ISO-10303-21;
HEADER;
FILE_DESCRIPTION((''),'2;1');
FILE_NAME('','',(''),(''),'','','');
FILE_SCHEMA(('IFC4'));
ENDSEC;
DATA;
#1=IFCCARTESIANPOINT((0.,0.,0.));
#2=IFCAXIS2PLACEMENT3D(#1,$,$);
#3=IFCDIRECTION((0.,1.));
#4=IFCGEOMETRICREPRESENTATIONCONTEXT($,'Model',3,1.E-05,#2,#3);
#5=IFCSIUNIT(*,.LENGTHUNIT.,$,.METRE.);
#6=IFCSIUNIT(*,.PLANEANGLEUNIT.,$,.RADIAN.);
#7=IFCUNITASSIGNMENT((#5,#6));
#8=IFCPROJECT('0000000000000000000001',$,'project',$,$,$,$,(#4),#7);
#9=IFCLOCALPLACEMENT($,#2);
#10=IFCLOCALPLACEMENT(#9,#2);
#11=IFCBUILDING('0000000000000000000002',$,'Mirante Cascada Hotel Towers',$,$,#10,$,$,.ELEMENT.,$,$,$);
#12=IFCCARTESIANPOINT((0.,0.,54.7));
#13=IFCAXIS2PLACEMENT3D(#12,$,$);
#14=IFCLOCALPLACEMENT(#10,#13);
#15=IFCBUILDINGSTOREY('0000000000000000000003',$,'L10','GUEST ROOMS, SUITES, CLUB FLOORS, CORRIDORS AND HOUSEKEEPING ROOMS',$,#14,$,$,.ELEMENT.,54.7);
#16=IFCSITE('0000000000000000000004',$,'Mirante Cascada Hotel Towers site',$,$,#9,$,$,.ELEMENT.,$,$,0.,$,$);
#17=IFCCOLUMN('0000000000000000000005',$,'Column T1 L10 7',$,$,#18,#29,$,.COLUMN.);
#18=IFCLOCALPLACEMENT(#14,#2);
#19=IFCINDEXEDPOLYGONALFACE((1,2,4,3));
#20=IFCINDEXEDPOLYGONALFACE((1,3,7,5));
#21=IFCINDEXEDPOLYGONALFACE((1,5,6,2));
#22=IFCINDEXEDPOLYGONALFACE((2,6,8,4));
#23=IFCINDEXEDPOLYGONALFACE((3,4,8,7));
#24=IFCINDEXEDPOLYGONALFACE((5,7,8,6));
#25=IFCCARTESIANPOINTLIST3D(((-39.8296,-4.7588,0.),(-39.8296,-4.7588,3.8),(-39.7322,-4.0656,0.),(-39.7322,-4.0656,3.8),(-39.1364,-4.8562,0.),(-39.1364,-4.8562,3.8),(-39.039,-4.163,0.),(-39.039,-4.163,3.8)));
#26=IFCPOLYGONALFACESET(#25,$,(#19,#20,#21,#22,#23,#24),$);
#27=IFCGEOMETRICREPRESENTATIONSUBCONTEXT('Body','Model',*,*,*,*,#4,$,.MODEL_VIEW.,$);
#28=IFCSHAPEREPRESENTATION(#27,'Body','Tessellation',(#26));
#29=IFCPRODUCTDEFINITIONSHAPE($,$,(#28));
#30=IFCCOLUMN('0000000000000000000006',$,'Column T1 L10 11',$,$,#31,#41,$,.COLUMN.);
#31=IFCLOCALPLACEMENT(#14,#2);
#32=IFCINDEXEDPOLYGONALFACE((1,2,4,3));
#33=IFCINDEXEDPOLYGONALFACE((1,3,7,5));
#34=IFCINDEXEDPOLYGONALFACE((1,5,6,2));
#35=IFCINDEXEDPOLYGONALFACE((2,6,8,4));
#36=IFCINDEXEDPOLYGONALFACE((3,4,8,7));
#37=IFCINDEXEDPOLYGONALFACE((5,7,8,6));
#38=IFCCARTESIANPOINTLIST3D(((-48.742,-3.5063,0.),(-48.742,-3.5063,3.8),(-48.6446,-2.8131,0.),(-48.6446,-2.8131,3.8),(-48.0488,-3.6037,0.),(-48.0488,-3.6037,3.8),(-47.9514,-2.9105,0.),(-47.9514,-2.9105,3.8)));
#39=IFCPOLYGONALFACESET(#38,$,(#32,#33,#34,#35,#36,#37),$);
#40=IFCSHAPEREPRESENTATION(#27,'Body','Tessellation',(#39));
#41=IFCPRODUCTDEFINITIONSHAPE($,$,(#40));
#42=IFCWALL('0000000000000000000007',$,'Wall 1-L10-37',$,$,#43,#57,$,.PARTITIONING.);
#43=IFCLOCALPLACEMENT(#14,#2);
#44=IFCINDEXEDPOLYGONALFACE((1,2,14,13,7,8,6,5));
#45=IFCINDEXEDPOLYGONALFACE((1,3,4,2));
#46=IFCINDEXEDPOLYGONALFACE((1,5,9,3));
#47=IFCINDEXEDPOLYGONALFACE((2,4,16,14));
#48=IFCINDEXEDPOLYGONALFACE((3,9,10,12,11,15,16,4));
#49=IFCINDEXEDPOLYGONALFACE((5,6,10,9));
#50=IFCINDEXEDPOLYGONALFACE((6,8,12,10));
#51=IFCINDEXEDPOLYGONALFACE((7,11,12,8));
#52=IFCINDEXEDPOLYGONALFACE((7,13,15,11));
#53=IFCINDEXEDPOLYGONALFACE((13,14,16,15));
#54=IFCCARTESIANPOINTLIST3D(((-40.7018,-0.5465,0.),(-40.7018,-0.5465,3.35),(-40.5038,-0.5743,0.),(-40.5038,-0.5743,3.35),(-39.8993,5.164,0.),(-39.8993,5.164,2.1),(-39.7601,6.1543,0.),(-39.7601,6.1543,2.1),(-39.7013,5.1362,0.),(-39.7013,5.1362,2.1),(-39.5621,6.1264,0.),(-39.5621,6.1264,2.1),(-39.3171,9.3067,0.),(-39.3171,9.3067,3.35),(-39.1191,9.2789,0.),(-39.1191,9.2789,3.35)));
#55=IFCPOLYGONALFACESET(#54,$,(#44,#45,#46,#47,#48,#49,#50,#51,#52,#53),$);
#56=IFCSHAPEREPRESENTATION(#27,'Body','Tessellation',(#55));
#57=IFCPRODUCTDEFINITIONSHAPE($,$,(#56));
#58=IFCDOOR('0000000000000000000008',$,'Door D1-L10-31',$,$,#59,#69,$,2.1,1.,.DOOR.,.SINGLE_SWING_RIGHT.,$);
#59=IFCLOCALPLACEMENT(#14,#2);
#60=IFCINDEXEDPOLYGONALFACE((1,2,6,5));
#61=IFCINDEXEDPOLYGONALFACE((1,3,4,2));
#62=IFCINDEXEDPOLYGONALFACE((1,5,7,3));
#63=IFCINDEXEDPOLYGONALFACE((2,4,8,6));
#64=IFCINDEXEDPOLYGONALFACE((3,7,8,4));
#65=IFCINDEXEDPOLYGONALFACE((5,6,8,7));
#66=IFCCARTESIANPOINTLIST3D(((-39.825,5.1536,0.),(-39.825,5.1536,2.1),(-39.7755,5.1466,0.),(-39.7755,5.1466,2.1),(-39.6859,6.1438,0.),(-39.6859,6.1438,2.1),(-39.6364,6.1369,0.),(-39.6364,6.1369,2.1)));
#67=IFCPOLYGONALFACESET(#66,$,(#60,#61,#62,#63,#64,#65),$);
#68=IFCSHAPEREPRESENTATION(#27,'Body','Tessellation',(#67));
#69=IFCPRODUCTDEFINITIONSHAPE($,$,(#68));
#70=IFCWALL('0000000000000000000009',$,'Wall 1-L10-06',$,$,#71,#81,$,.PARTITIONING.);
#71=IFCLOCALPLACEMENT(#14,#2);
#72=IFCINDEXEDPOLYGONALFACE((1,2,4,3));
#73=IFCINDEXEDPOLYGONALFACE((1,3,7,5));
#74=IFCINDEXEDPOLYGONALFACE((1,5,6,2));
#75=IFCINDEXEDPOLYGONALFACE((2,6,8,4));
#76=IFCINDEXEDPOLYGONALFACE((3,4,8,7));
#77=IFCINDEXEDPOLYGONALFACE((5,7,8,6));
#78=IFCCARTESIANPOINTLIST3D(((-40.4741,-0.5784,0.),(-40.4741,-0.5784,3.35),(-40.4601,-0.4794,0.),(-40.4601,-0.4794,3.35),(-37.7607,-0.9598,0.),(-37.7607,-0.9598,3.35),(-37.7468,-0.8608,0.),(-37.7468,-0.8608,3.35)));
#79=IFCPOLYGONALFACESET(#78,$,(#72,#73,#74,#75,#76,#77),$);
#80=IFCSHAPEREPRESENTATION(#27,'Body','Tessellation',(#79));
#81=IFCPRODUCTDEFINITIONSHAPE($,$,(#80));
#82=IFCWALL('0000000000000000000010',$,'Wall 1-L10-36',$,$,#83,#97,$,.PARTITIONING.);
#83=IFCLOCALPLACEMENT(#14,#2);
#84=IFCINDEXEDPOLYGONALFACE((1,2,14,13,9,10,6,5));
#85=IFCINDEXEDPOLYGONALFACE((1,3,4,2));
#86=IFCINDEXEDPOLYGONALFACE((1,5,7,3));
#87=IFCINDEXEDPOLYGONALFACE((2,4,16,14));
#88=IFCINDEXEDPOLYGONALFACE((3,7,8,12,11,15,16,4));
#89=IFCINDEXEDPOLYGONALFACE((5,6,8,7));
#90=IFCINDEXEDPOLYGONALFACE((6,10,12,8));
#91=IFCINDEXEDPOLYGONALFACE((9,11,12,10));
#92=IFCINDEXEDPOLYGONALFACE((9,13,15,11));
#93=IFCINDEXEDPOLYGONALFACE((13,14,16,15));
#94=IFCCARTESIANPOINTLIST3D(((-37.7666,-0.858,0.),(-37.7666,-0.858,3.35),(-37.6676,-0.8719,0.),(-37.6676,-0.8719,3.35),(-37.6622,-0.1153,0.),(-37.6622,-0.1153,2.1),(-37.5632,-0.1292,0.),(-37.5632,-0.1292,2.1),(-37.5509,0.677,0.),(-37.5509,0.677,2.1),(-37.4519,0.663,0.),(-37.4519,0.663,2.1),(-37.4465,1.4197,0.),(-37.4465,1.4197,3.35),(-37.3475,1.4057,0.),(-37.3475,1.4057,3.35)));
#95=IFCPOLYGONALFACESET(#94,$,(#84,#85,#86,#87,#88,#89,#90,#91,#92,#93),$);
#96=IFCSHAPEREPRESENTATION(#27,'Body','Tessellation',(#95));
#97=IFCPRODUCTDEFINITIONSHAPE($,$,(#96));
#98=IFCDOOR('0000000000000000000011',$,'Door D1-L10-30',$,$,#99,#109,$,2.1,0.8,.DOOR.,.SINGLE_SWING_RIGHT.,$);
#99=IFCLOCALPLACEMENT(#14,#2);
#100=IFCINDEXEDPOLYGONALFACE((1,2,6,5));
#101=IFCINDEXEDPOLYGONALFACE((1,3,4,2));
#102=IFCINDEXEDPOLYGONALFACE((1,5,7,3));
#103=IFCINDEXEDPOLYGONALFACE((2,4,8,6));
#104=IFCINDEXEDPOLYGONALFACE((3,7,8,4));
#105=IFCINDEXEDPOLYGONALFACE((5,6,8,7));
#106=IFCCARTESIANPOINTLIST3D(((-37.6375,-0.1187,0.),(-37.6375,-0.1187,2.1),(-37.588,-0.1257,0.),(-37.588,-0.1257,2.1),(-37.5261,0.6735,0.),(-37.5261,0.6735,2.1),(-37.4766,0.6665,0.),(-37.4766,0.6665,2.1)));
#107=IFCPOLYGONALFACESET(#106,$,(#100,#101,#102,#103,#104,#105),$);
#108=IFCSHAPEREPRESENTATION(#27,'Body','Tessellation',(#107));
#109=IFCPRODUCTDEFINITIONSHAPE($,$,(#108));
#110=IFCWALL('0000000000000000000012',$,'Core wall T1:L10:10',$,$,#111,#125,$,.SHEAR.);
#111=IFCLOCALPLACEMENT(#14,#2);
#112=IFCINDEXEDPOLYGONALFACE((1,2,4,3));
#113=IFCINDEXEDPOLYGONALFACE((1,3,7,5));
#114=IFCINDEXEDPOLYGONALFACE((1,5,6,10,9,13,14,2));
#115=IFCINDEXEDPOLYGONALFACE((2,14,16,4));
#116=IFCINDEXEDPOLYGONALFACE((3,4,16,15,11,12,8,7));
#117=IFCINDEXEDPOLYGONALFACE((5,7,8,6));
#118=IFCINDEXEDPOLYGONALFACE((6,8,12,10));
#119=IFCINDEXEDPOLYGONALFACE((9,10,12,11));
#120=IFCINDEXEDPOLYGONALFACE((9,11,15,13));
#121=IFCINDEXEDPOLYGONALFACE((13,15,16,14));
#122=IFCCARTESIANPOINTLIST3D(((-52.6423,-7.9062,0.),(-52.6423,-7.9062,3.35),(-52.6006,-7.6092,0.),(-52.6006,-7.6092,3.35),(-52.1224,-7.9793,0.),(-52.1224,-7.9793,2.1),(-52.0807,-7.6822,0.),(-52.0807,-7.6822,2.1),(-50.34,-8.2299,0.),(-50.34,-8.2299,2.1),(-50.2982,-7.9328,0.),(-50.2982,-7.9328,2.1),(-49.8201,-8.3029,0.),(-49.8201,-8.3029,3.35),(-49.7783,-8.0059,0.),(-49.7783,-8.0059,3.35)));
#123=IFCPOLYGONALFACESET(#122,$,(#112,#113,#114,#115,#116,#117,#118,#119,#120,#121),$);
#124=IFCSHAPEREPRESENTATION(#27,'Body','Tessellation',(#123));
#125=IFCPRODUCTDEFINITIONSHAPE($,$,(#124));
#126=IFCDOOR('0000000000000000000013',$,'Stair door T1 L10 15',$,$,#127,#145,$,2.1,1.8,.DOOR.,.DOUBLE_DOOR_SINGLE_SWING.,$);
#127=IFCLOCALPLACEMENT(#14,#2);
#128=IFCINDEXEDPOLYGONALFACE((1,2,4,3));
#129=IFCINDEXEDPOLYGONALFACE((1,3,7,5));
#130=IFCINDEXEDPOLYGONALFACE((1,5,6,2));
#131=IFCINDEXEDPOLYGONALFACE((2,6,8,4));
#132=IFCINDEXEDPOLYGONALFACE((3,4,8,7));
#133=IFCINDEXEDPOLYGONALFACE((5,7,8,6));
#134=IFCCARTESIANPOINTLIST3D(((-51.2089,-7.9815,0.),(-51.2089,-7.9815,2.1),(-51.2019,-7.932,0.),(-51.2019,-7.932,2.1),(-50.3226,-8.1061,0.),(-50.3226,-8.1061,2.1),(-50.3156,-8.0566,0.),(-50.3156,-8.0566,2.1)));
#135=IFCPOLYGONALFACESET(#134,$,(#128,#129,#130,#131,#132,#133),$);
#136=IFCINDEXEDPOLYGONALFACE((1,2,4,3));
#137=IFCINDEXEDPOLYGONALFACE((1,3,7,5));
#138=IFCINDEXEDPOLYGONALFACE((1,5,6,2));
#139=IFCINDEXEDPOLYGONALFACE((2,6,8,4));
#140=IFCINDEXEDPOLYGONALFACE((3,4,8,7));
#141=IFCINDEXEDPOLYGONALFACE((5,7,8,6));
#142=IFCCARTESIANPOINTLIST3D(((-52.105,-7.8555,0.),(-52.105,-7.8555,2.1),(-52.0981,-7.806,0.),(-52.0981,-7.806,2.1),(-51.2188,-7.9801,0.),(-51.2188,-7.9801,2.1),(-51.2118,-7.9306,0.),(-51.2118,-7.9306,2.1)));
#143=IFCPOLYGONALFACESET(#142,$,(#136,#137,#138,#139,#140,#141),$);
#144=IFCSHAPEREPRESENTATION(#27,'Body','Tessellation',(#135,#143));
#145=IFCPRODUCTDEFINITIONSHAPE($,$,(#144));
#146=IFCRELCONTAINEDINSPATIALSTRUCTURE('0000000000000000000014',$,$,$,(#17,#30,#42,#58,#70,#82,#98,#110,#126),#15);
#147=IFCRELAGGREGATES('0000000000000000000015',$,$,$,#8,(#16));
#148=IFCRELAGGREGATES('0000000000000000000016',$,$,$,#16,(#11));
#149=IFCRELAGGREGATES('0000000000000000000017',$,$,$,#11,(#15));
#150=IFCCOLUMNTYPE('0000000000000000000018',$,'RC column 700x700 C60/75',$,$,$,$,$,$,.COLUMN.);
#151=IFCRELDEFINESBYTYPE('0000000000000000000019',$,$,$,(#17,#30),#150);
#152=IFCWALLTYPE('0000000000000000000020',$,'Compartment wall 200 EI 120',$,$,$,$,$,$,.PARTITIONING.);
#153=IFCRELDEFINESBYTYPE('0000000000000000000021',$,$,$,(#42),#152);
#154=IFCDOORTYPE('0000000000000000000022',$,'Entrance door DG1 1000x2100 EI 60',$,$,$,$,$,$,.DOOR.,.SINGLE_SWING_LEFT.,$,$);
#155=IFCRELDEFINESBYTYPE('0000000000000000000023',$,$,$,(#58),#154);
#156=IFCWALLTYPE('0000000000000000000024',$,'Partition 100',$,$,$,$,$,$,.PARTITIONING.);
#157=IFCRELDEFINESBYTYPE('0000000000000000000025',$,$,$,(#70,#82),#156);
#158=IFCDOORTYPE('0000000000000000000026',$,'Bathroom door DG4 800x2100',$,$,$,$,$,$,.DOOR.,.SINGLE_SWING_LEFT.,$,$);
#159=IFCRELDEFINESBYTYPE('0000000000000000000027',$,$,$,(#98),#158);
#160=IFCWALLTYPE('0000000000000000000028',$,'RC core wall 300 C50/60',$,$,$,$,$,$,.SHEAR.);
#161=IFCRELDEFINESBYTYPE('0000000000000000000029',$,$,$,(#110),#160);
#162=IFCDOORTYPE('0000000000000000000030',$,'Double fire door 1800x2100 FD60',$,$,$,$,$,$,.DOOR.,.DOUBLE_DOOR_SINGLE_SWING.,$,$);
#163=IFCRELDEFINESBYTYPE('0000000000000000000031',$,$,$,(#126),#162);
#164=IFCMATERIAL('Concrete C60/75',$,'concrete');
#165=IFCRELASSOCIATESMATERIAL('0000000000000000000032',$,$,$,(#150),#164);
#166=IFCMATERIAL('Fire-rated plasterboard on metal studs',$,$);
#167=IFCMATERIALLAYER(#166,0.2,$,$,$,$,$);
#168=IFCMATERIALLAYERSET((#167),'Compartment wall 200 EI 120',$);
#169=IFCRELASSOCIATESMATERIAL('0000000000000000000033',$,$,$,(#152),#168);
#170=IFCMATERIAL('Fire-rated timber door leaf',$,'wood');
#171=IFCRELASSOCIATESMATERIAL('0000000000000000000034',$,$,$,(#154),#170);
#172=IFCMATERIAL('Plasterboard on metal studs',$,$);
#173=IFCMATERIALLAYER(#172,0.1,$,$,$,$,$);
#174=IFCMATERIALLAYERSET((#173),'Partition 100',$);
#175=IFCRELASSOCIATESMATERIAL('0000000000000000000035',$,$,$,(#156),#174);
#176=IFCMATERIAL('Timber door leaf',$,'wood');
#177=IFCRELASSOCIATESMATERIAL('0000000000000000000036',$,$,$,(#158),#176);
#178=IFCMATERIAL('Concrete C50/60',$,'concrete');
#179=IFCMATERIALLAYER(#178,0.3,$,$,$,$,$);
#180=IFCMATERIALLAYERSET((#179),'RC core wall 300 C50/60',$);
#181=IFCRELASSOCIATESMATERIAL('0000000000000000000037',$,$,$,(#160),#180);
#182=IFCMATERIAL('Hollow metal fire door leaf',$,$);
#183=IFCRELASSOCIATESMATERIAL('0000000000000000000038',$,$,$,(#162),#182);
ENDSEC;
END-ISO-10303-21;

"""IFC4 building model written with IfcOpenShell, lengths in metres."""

from ifc_helpers import new_model, si_unit, direction, frame, frame_2d, origin, origin_2d, place, context, subcontext, project, spatial, rectangle, extrude, material, layer, layer_set, material_profile, profile_set, type_object, element, fill, save


model = new_model("IFC4")

# Units and contexts
model_context = context("Model", 3, precision=1e-05, world=origin(), true_north=direction((0.0, 1.0)))
body_context = subcontext(model_context, "Body", "Model", "MODEL_VIEW")
ifc_project = project(units=[si_unit("LENGTHUNIT", "METRE"), si_unit("PLANEANGLEUNIT", "RADIAN")], contexts=[model_context])

# Site, building, storey
site_placement = place(None, origin())
site = spatial("IfcSite", under=ifc_project, at=site_placement, Name="Mirante Cascada Hotel Towers site", CompositionType="ELEMENT", RefElevation=0.0)
building_placement = place(site_placement, origin())
building = spatial("IfcBuilding", under=site, at=building_placement, Name="Mirante Cascada Hotel Towers", CompositionType="ELEMENT")
storey_placement = place(building_placement, frame((0.0, 0.0, 54.7)))
storey = spatial("IfcBuildingStorey", under=building, at=storey_placement, Name="L10", Description="GUEST ROOMS, SUITES, CLUB FLOORS, CORRIDORS AND HOUSEKEEPING ROOMS", CompositionType="ELEMENT", Elevation=54.7)

# Columns
ifc_material_1 = material(Name="Concrete C60/75", Category="concrete")
ifc_material_profile = material_profile(ifc_material_1, rectangle(XDim=0.7, YDim=0.7, at=origin_2d()), Name="RC column 700x700 C60/75")
ifc_profile_set = profile_set([ifc_material_profile], Name="Concrete C60/75")
column_type = type_object("IfcColumnType", Name="RC column 700x700 C60/75", PredefinedType="COLUMN", material=ifc_profile_set)
for number, where, z_axis, x_axis, name in (
    (1, (-39.4343, -4.4609, 0.0), (0.0, 0.0, 1.0), (-0.990268, 0.139173, 0.0), "Column T1 L10 7"),
    (2, (-48.3467, -3.2084, 0.0), (0.0, 0.0, 1.0), (-0.990268, 0.139173, 0.0), "Column T1 L10 11"),
):
    element("IfcColumn", number, at=place(storey_placement, frame(where, z_axis=z_axis, x_axis=x_axis)), inside=storey, type_object=column_type, Name=name, PredefinedType="COLUMN", context=body_context, shape_type="SweptSolid", body=[
        extrude(rectangle(XDim=0.7, YDim=0.7, at=origin_2d()), origin(), (0.0, 0.0, 1.0), 3.8),
    ])

# Wall, opening, door
ifc_material_2 = material(Name="Fire-rated plasterboard on metal studs")
ifc_layer_1 = layer(ifc_material_2, 0.2)
ifc_layer_set_1 = layer_set([ifc_layer_1], Name="Compartment wall 200 EI 120")
wall_type_1 = type_object("IfcWallType", Name="Compartment wall 200 EI 120", PredefinedType="PARTITIONING", material=ifc_layer_set_1)
wall_1_placement = place(storey_placement, frame((-40.6028, -0.5604, 0.0), z_axis=(0.0, 0.0, 1.0), x_axis=(0.139165, 0.990269, 0.0)))
wall_1 = element("IfcWall", 3, at=wall_1_placement, inside=storey, type_object=wall_type_1, Name="Wall 1-L10-37", PredefinedType="PARTITIONING", context=body_context, shape_type="SweptSolid", body=[
    extrude(rectangle(XDim=9.95, YDim=0.2, at=frame_2d((4.975, 0.0))), origin(), (0.0, 0.0, 1.0), 3.35),
])
opening_1_placement = place(wall_1_placement, frame((5.7666, 0.0, 0.0)))
opening_1 = element("IfcOpeningElement", 4, at=opening_1_placement, cuts=wall_1, PredefinedType="OPENING", context=body_context, shape_type="SweptSolid", body=[
    extrude(rectangle(XDim=1.0, YDim=2.1, at=frame_2d((0.5, 1.05))), frame((0.0, 0.1, 0.0), z_axis=(0.0, -1.0, 0.0), x_axis=(1.0, 0.0, 0.0)), (0.0, 0.0, 1.0), 0.2),
])
ifc_material_3 = material(Name="Fire-rated timber door leaf", Category="wood")
door_type_1 = type_object("IfcDoorType", Name="Entrance door DG1 1000x2100 EI 60", OperationType="SINGLE_SWING_LEFT", PredefinedType="DOOR", material=ifc_material_3)
door_1_placement = place(opening_1_placement, frame((1.0, 0.0, 0.0), z_axis=(0.0, 0.0, 1.0), x_axis=(-1.0, 0.0, 0.0)))
door_1 = element("IfcDoor", 5, at=door_1_placement, inside=storey, type_object=door_type_1, Name="Door D1-L10-31", OperationType="SINGLE_SWING_RIGHT", OverallHeight=2.1, OverallWidth=1.0, PredefinedType="DOOR", context=body_context, shape_type="SweptSolid", body=[
    extrude(rectangle(XDim=1.0, YDim=2.1, at=frame_2d((0.5, 1.05))), frame((0.0, 0.025, 0.0), z_axis=(0.0, -1.0, 0.0), x_axis=(1.0, 0.0, 0.0)), (0.0, 0.0, 1.0), 0.05),
])
fill(opening_1, door_1)

# Wall
ifc_material_4 = material(Name="Plasterboard on metal studs")
ifc_layer_2 = layer(ifc_material_4, 0.1)
ifc_layer_set_2 = layer_set([ifc_layer_2], Name="Partition 100")
wall_type_2 = type_object("IfcWallType", Name="Partition 100", PredefinedType="PARTITIONING", material=ifc_layer_set_2)
wall_2_placement = place(storey_placement, frame((-40.4671, -0.5289, 0.0), z_axis=(0.0, 0.0, 1.0), x_axis=(0.990264, -0.139198, 0.0)))
element("IfcWall", 6, at=wall_2_placement, inside=storey, type_object=wall_type_2, Name="Wall 1-L10-06", PredefinedType="PARTITIONING", context=body_context, shape_type="SweptSolid", body=[
    extrude(rectangle(XDim=2.74, YDim=0.1, at=frame_2d((1.37, 0.0))), origin(), (0.0, 0.0, 1.0), 3.35),
])

# Walls, openings, doors
wall_3_placement = place(storey_placement, frame((-37.397, 1.4127, 0.0), z_axis=(0.0, 0.0, 1.0), x_axis=(-0.139175, -0.990268, 0.0)))
wall_3 = element("IfcWall", 7, at=wall_3_placement, inside=storey, type_object=wall_type_2, Name="Wall 1-L10-36", PredefinedType="PARTITIONING", context=body_context, shape_type="SweptSolid", body=[
    extrude(rectangle(XDim=2.3, YDim=0.1, at=frame_2d((1.15, 0.0))), origin(), (0.0, 0.0, 1.0), 3.35),
])
opening_2_placement = place(wall_3_placement, frame((0.75, 0.0, 0.0)))
opening_2 = element("IfcOpeningElement", 8, at=opening_2_placement, cuts=wall_3, PredefinedType="OPENING", context=body_context, shape_type="SweptSolid", body=[
    extrude(rectangle(XDim=0.8, YDim=2.1, at=frame_2d((0.4, 1.05))), frame((0.0, 0.05, 0.0), z_axis=(0.0, -1.0, 0.0), x_axis=(1.0, 0.0, 0.0)), (0.0, 0.0, 1.0), 0.1),
])
ifc_material_5 = material(Name="Timber door leaf", Category="wood")
door_type_2 = type_object("IfcDoorType", Name="Bathroom door DG4 800x2100", OperationType="SINGLE_SWING_LEFT", PredefinedType="DOOR", material=ifc_material_5)
door_2_placement = place(opening_2_placement, frame((0.8, 0.0, 0.0), z_axis=(0.0, 0.0, 1.0), x_axis=(-1.0, 0.0, 0.0)))
door_2 = element("IfcDoor", 9, at=door_2_placement, inside=storey, type_object=door_type_2, Name="Door D1-L10-30", OperationType="SINGLE_SWING_RIGHT", OverallHeight=2.1, OverallWidth=0.8, PredefinedType="DOOR", context=body_context, shape_type="SweptSolid", body=[
    extrude(rectangle(XDim=0.8, YDim=2.1, at=frame_2d((0.4, 1.05))), frame((0.0, 0.025, 0.0), z_axis=(0.0, -1.0, 0.0), x_axis=(1.0, 0.0, 0.0)), (0.0, 0.0, 1.0), 0.05),
])
fill(opening_2, door_2)
ifc_material_6 = material(Name="Concrete C50/60", Category="concrete")
ifc_layer_3 = layer(ifc_material_6, 0.3)
ifc_layer_set_3 = layer_set([ifc_layer_3], Name="RC core wall 300 C50/60")
wall_type_3 = type_object("IfcWallType", Name="RC core wall 300 C50/60", PredefinedType="SHEAR", material=ifc_layer_set_3)
wall_4_placement = place(storey_placement, frame((-49.7992, -8.1544, 0.0), z_axis=(0.0, 0.0, 1.0), x_axis=(-0.990266, 0.139191, 0.0)))
wall_4 = element("IfcWall", 10, at=wall_4_placement, inside=storey, type_object=wall_type_3, Name="Core wall T1:L10:10", PredefinedType="SHEAR", context=body_context, shape_type="SweptSolid", body=[
    extrude(rectangle(XDim=2.85, YDim=0.3, at=frame_2d((1.425, 0.0))), origin(), (0.0, 0.0, 1.0), 3.35),
])
opening_3_placement = place(wall_4_placement, frame((0.525, 0.0, 0.0)))
opening_3 = element("IfcOpeningElement", 11, at=opening_3_placement, cuts=wall_4, PredefinedType="OPENING", context=body_context, shape_type="SweptSolid", body=[
    extrude(rectangle(XDim=1.8, YDim=2.1, at=frame_2d((0.9, 1.05))), frame((0.0, 0.15, 0.0), z_axis=(0.0, -1.0, 0.0), x_axis=(1.0, 0.0, 0.0)), (0.0, 0.0, 1.0), 0.3),
])
ifc_material_7 = material(Name="Hollow metal fire door leaf")
door_type_3 = type_object("IfcDoorType", Name="Double fire door 1800x2100 FD60", OperationType="DOUBLE_DOOR_SINGLE_SWING", PredefinedType="DOOR", material=ifc_material_7)
door_3_placement = place(opening_3_placement, origin())
door_3 = element("IfcDoor", 12, at=door_3_placement, inside=storey, type_object=door_type_3, Name="Stair door T1 L10 15", OperationType="DOUBLE_DOOR_SINGLE_SWING", OverallHeight=2.1, OverallWidth=1.8, PredefinedType="DOOR", context=body_context, shape_type="SweptSolid", body=[
    extrude(rectangle(XDim=0.895, YDim=2.1, at=frame_2d((0.4475, 1.05))), frame((0.0, 0.025, 0.0), z_axis=(0.0, -1.0, 0.0), x_axis=(1.0, 0.0, 0.0)), (0.0, 0.0, 1.0), 0.05),
    extrude(rectangle(XDim=0.895, YDim=2.1, at=frame_2d((1.3525, 1.05))), frame((0.0, 0.025, 0.0), z_axis=(0.0, -1.0, 0.0), x_axis=(1.0, 0.0, 0.0)), (0.0, 0.0, 1.0), 0.05),
])
fill(opening_3, door_3)

save(model, "model.ifc")
